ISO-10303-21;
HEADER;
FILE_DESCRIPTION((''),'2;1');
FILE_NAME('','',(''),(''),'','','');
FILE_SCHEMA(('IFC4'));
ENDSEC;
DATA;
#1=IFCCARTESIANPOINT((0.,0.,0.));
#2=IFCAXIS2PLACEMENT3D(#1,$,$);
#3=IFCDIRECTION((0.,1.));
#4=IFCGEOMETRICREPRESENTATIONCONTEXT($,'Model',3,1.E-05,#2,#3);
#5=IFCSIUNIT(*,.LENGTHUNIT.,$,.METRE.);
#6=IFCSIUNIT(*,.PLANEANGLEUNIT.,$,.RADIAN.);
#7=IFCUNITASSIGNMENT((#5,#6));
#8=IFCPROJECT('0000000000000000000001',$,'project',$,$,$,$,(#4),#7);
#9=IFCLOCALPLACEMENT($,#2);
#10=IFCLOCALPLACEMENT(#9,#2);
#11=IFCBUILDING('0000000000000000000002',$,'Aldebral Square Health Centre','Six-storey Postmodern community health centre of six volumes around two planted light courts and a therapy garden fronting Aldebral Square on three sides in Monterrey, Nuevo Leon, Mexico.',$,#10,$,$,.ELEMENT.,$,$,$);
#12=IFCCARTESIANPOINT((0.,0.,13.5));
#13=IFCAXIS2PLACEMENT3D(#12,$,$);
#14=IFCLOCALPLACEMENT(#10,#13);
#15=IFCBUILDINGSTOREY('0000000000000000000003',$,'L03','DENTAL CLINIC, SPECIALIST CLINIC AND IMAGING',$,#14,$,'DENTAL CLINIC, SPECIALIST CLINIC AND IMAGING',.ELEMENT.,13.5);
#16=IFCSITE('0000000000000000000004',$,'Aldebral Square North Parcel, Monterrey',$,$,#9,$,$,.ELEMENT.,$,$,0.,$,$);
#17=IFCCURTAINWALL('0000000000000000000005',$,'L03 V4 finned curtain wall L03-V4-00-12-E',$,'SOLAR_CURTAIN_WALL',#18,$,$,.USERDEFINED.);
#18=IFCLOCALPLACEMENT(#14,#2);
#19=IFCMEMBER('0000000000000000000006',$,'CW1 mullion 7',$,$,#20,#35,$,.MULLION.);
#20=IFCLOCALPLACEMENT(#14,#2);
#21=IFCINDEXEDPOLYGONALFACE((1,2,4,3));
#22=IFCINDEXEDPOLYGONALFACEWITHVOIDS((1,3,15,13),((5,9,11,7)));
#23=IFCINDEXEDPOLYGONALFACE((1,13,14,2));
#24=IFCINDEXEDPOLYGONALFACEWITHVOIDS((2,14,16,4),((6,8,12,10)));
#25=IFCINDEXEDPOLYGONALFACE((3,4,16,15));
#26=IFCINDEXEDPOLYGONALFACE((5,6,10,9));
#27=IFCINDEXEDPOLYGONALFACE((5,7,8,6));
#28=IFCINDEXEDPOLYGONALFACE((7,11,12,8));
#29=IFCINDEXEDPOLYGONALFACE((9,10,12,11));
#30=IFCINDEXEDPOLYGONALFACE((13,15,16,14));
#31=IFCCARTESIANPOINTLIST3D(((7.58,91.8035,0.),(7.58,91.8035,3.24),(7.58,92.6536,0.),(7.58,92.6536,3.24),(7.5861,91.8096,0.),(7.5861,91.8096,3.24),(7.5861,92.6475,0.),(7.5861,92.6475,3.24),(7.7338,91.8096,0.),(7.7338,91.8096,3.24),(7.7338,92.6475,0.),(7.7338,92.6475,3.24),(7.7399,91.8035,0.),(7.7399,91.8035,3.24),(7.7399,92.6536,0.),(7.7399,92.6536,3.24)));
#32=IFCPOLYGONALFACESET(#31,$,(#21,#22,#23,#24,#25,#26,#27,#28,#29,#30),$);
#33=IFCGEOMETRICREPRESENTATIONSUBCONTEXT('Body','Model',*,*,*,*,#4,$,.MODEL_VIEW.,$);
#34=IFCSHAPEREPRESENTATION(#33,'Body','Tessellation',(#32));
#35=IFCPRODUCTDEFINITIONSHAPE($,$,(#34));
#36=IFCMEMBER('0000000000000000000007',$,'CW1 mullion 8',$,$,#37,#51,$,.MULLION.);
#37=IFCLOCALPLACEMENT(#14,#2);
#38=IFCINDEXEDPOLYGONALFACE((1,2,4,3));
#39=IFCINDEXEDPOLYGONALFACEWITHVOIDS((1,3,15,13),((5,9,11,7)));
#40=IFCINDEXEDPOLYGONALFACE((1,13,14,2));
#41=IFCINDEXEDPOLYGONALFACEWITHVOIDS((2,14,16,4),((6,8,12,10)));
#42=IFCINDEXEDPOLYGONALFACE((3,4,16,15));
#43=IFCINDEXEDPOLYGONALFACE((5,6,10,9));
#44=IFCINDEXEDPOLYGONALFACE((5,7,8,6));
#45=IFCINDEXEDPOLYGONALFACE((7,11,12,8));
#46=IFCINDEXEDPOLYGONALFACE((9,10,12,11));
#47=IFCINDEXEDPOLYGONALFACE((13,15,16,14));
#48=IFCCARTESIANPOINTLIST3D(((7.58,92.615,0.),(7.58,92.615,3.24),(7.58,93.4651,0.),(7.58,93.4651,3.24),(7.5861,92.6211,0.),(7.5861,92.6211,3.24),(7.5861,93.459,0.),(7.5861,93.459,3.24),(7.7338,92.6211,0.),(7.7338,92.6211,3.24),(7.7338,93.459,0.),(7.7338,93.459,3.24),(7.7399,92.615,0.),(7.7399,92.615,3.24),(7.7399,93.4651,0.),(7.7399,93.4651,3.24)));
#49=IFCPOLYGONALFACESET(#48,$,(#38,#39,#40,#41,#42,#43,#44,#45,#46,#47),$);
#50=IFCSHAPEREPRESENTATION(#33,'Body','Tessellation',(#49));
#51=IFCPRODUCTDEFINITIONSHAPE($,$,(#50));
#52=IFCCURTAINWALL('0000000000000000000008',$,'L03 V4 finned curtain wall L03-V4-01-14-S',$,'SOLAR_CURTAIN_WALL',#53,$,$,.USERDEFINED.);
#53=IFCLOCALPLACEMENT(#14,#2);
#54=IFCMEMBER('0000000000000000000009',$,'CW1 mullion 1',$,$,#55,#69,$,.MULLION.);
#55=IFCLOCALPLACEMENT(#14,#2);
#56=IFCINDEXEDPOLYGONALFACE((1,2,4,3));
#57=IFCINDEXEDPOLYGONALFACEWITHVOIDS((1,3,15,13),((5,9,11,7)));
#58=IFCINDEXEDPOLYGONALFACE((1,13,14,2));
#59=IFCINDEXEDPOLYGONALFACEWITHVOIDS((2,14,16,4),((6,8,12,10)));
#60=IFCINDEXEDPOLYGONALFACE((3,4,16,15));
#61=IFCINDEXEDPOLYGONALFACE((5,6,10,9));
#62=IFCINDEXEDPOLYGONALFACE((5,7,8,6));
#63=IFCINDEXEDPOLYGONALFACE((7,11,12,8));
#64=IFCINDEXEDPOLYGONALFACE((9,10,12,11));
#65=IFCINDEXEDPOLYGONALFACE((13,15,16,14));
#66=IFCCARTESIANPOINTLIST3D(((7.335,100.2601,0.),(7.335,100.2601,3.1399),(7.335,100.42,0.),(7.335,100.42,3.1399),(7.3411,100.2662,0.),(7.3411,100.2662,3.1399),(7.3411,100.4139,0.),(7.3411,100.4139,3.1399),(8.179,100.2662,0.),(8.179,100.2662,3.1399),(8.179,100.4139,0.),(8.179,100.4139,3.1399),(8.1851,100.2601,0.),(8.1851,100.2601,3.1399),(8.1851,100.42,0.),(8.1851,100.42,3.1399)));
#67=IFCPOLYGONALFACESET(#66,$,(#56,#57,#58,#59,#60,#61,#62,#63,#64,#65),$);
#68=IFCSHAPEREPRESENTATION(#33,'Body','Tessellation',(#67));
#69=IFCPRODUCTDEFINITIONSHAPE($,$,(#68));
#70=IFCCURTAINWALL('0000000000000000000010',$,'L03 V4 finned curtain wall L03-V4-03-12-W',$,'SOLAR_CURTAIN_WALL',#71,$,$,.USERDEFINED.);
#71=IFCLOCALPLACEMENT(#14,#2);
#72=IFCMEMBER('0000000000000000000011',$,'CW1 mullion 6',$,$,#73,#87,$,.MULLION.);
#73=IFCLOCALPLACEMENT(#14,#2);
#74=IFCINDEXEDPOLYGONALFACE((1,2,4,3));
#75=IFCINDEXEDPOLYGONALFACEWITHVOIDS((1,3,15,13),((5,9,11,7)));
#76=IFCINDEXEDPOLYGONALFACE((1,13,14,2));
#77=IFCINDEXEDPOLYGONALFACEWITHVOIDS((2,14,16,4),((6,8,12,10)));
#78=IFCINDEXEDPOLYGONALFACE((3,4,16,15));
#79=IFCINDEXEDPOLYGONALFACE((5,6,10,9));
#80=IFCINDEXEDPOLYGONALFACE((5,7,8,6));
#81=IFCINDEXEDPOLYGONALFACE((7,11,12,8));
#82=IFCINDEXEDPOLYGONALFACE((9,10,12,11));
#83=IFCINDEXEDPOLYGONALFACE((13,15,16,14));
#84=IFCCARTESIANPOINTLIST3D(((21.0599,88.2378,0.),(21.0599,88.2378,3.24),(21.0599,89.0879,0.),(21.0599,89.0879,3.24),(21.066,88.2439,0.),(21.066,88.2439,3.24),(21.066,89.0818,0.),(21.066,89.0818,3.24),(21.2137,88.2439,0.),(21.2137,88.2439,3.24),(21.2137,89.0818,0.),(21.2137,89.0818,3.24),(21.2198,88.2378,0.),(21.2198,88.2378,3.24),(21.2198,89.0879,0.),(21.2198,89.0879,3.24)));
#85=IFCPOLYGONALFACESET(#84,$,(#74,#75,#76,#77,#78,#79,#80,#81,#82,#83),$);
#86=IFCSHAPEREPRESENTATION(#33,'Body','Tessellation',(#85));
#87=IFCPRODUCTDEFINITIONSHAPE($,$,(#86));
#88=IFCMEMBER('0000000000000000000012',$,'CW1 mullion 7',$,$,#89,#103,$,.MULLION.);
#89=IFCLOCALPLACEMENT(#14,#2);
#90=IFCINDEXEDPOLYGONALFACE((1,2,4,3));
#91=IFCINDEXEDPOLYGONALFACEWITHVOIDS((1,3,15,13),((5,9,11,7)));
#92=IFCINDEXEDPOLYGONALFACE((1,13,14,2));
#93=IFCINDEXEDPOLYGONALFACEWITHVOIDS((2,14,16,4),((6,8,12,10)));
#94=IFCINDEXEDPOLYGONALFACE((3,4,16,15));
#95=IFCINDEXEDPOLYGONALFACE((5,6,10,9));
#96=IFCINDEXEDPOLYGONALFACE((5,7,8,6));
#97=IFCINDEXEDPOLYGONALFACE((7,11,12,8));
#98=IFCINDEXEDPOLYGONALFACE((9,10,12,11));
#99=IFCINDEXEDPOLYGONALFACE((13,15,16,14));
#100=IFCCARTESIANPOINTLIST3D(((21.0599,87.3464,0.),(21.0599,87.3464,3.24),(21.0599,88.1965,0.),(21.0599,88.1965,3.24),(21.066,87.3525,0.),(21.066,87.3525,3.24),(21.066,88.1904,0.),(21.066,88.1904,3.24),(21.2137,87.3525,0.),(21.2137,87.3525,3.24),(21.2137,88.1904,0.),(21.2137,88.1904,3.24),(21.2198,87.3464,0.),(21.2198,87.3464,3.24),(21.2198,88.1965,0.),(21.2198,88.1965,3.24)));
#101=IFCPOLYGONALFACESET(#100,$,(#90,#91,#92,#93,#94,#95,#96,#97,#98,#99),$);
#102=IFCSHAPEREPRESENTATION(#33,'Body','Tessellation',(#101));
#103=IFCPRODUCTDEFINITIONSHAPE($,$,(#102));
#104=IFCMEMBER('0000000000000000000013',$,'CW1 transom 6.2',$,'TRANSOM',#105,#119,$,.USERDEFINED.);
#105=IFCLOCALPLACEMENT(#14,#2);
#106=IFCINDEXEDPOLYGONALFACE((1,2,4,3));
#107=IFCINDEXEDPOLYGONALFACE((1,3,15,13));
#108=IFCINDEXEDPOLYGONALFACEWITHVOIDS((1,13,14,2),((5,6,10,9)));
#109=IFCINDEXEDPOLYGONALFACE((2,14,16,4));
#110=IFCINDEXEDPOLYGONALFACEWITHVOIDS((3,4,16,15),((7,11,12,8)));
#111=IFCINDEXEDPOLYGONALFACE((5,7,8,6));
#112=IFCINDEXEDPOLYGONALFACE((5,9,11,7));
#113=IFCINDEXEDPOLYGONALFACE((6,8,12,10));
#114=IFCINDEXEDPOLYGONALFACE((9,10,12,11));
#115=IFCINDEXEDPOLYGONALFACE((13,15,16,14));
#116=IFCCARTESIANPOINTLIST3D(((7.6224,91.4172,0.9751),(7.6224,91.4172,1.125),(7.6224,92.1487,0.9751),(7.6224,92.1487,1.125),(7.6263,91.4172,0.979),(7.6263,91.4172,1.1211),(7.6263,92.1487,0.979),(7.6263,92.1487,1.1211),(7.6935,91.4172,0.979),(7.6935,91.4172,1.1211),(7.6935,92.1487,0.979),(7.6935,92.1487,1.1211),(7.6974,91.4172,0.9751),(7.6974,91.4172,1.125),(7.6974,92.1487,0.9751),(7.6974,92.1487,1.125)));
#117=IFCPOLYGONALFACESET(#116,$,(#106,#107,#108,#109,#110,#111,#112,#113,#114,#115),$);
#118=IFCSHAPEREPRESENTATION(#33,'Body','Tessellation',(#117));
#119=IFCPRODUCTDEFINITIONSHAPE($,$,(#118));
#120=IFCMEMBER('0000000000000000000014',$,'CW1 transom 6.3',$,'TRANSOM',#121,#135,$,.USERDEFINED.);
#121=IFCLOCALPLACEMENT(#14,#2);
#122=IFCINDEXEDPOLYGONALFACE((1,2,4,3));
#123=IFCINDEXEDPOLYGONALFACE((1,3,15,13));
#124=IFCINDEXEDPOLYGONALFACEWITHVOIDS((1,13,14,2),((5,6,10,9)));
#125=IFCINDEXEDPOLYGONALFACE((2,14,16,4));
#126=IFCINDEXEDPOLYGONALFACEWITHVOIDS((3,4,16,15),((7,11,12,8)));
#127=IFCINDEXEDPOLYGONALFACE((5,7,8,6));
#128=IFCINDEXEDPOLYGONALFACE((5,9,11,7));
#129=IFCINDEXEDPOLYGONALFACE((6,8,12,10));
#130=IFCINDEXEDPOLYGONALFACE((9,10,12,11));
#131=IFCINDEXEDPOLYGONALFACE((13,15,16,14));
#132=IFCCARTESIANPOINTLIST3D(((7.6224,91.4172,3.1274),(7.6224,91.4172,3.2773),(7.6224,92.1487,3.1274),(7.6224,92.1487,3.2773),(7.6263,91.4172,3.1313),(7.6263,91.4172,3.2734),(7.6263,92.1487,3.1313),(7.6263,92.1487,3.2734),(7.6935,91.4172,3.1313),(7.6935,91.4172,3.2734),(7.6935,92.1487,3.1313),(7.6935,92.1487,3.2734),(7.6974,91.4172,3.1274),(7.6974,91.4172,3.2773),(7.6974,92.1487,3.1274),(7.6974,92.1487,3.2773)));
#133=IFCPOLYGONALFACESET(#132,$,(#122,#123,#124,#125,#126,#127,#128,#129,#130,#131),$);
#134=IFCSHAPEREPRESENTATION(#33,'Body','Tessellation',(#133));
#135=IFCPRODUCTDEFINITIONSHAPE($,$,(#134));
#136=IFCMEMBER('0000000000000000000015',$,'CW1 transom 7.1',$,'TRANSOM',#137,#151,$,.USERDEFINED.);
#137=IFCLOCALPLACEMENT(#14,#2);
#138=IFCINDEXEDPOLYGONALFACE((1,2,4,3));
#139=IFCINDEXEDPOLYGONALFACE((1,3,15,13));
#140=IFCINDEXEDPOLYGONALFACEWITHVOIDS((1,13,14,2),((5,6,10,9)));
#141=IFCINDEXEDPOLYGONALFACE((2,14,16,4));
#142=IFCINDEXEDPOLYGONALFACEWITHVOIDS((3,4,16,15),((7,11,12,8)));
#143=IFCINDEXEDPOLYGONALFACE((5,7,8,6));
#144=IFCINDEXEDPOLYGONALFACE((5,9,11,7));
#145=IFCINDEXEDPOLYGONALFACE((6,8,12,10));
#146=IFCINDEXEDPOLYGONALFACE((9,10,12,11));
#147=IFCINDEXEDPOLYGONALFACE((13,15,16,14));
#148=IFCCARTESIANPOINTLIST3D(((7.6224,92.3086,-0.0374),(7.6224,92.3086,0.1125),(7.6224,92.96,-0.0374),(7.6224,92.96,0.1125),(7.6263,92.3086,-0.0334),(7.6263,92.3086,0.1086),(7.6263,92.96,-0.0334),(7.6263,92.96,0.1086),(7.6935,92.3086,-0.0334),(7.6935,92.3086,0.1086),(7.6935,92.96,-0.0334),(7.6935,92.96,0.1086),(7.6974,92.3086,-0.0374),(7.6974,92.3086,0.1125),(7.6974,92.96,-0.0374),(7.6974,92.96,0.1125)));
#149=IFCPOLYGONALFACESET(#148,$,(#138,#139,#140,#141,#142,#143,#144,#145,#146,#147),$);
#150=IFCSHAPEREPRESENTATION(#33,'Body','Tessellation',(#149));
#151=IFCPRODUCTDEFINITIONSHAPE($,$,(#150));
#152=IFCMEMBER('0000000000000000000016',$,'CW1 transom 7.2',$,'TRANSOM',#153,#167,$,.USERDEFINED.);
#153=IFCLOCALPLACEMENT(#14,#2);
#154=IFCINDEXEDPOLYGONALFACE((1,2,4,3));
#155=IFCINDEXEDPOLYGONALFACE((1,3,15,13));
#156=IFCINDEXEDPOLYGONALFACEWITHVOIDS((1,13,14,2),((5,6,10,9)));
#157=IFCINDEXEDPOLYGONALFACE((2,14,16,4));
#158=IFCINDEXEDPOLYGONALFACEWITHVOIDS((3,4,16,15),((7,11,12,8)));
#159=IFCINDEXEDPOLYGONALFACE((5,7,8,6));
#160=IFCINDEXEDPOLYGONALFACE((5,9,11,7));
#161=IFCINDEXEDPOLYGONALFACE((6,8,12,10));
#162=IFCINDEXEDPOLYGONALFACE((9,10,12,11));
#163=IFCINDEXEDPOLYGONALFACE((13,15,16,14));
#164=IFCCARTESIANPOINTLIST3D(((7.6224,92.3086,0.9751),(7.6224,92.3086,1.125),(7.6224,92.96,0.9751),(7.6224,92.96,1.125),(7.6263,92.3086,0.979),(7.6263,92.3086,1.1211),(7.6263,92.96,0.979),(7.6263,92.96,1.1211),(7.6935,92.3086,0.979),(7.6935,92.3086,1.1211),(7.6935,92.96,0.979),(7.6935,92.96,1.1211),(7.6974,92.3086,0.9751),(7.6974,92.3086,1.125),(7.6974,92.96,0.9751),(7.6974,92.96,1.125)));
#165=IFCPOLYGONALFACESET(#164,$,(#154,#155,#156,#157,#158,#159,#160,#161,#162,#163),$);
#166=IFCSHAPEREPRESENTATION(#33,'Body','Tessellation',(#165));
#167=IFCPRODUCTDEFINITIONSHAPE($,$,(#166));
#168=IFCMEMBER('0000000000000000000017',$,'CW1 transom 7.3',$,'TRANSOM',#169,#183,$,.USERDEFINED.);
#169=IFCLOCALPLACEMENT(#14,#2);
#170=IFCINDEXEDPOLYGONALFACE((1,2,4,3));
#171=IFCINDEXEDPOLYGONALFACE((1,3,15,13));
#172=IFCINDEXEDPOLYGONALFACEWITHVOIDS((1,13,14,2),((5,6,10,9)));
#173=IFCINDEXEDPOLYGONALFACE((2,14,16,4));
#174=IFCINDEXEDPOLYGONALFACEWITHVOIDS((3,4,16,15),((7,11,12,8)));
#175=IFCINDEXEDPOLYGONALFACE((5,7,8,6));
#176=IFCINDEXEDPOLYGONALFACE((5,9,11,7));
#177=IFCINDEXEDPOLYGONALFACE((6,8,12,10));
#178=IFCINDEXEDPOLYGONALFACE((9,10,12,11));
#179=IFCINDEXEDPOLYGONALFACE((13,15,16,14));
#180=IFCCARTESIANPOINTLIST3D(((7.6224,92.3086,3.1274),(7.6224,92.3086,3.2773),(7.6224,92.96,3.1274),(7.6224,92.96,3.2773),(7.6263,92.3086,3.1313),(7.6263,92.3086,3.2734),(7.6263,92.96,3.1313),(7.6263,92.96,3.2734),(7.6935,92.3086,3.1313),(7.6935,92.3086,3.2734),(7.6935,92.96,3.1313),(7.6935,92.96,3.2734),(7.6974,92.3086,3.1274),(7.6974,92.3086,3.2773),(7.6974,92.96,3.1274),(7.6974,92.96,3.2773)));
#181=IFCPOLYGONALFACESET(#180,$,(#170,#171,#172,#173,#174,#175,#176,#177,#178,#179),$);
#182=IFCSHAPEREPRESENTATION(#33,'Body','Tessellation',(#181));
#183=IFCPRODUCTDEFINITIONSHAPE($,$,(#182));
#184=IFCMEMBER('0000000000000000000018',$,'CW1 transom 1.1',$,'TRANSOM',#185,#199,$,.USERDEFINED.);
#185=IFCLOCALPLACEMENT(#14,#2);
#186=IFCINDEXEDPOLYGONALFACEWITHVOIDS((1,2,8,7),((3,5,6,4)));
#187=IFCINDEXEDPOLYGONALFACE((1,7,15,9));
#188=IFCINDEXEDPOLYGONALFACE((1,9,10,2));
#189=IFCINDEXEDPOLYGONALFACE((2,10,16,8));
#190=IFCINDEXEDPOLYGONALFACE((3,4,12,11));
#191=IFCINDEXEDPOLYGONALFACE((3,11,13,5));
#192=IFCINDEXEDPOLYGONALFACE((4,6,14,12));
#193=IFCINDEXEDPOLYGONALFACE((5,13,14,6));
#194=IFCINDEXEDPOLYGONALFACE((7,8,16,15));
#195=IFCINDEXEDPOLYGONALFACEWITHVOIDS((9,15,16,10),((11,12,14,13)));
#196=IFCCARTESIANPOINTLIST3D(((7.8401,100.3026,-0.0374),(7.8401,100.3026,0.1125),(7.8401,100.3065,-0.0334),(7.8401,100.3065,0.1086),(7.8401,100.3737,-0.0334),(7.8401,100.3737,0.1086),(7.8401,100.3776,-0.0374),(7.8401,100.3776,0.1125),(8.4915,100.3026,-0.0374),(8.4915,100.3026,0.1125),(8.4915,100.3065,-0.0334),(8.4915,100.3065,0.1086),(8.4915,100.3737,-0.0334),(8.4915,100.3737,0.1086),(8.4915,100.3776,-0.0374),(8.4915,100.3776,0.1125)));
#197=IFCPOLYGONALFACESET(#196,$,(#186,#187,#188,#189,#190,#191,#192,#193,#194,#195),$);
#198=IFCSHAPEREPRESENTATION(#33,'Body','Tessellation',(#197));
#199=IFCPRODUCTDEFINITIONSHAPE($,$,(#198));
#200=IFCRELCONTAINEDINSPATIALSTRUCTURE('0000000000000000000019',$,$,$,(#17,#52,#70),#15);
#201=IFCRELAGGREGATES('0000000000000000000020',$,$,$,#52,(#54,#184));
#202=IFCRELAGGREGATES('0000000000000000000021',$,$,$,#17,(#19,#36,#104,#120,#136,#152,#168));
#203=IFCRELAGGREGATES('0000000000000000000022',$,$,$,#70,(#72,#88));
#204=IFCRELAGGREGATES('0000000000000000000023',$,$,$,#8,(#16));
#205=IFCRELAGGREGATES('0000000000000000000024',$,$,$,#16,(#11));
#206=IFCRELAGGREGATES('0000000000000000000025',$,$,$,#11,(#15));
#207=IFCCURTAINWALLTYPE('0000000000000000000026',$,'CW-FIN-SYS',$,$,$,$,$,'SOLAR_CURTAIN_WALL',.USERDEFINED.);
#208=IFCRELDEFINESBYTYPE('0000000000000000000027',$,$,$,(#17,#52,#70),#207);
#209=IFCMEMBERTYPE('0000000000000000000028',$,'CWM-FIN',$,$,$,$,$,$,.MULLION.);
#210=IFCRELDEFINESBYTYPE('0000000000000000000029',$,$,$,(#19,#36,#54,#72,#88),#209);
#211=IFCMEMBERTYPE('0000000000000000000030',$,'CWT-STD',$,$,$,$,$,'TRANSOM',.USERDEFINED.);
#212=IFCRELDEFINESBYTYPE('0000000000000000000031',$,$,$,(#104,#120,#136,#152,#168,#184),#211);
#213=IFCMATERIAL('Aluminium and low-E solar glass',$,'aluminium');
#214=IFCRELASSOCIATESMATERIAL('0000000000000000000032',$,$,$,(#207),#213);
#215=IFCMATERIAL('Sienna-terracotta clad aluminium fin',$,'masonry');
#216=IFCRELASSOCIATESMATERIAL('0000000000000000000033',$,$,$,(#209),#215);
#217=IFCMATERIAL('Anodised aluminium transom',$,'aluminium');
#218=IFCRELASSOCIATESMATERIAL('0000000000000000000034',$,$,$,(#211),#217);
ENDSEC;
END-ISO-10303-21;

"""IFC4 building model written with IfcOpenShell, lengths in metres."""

from ifc_helpers import new_model, si_unit, direction, frame, origin, origin_2d, place, context, subcontext, project, spatial, hollow_rectangle, extrude, material, material_profile, profile_set, type_object, element, aggregate, save


model = new_model("IFC4")

# Units and contexts
model_context = context("Model", 3, precision=1e-05, world=origin(), true_north=direction((0.0, 1.0)))
body_context = subcontext(model_context, "Body", "Model", "MODEL_VIEW")
ifc_project = project(units=[si_unit("LENGTHUNIT", "METRE"), si_unit("PLANEANGLEUNIT", "RADIAN")], contexts=[model_context])

# Site, building, storey
site_placement = place(None, origin())
site = spatial("IfcSite", under=ifc_project, at=site_placement, Name="Aldebral Square North Parcel, Monterrey", CompositionType="ELEMENT", RefElevation=0.0)
building_placement = place(site_placement, origin())
building = spatial("IfcBuilding", under=site, at=building_placement, Name="Aldebral Square Health Centre", Description="Six-storey Postmodern community health centre of six volumes around two planted light courts and a therapy garden fronting Aldebral Square on three sides in Monterrey, Nuevo Leon, Mexico.", CompositionType="ELEMENT")
storey_placement = place(building_placement, frame((0.0, 0.0, 13.5)))
storey = spatial("IfcBuildingStorey", under=building, at=storey_placement, Name="L03", Description="DENTAL CLINIC, SPECIALIST CLINIC AND IMAGING", LongName="DENTAL CLINIC, SPECIALIST CLINIC AND IMAGING", CompositionType="ELEMENT", Elevation=13.5)

# Curtain wall, members
ifc_material_1 = material(Name="Aluminium and low-E solar glass", Category="aluminium")
curtain_wall_type = type_object("IfcCurtainWallType", Name="CW-FIN-SYS", ElementType="SOLAR_CURTAIN_WALL", PredefinedType="USERDEFINED", material=ifc_material_1)
curtain_wall_1_placement = place(storey_placement, origin())
curtain_wall_1 = element("IfcCurtainWall", 1, at=curtain_wall_1_placement, inside=storey, type_object=curtain_wall_type, Name="L03 V4 finned curtain wall L03-V4-00-12-E", ObjectType="SOLAR_CURTAIN_WALL", PredefinedType="USERDEFINED")
ifc_material_2 = material(Name="Sienna-terracotta clad aluminium fin", Category="masonry")
ifc_material_profile_1 = material_profile(ifc_material_2, hollow_rectangle(XDim=0.1599, YDim=0.8501, WallThickness=0.0061, at=origin_2d()), Name="FIN 160x850x6")
ifc_profile_set_1 = profile_set([ifc_material_profile_1], Name="Sienna-terracotta clad aluminium fin")
member_type_1 = type_object("IfcMemberType", Name="CWM-FIN", PredefinedType="MULLION", material=ifc_profile_set_1)
member_1_placement = place(storey_placement, frame((7.6599, 92.2285, 0.0), z_axis=(0.0, 0.0, 1.0), x_axis=(-1.0, 0.0, 0.0)))
member_1 = element("IfcMember", 2, at=member_1_placement, type_object=member_type_1, Name="CW1 mullion 7", PredefinedType="MULLION", context=body_context, shape_type="SweptSolid", body=[
    extrude(hollow_rectangle(XDim=0.1599, YDim=0.8501, WallThickness=0.0061, at=origin_2d()), origin(), (0.0, 0.0, 1.0), 3.24),
])
member_2_placement = place(storey_placement, frame((7.6599, 93.04, 0.0), z_axis=(0.0, 0.0, 1.0), x_axis=(-1.0, 0.0, 0.0)))
member_2 = element("IfcMember", 3, at=member_2_placement, type_object=member_type_1, Name="CW1 mullion 8", PredefinedType="MULLION", context=body_context, shape_type="SweptSolid", body=[
    extrude(hollow_rectangle(XDim=0.1599, YDim=0.8501, WallThickness=0.0061, at=origin_2d()), origin(), (0.0, 0.0, 1.0), 3.24),
])

# Curtain wall, member
curtain_wall_2_placement = place(storey_placement, origin())
curtain_wall_2 = element("IfcCurtainWall", 4, at=curtain_wall_2_placement, inside=storey, type_object=curtain_wall_type, Name="L03 V4 finned curtain wall L03-V4-01-14-S", ObjectType="SOLAR_CURTAIN_WALL", PredefinedType="USERDEFINED")
member_3_placement = place(storey_placement, frame((7.76, 100.3401, 0.0), z_axis=(0.0, 0.0, 1.0), x_axis=(0.0, 1.0, 0.0)))
member_3 = element("IfcMember", 5, at=member_3_placement, type_object=member_type_1, Name="CW1 mullion 1", PredefinedType="MULLION", context=body_context, shape_type="SweptSolid", body=[
    extrude(hollow_rectangle(XDim=0.1599, YDim=0.8501, WallThickness=0.0061, at=origin_2d()), origin(), (0.0, 0.0, 1.0), 3.1399),
])

# Curtain wall, members
curtain_wall_3_placement = place(storey_placement, origin())
curtain_wall_3 = element("IfcCurtainWall", 6, at=curtain_wall_3_placement, inside=storey, type_object=curtain_wall_type, Name="L03 V4 finned curtain wall L03-V4-03-12-W", ObjectType="SOLAR_CURTAIN_WALL", PredefinedType="USERDEFINED")
member_4_placement = place(storey_placement, frame((21.1399, 88.6628, 0.0), z_axis=(0.0, 0.0, 1.0), x_axis=(1.0, 0.0, 0.0)))
member_4 = element("IfcMember", 7, at=member_4_placement, type_object=member_type_1, Name="CW1 mullion 6", PredefinedType="MULLION", context=body_context, shape_type="SweptSolid", body=[
    extrude(hollow_rectangle(XDim=0.1599, YDim=0.8501, WallThickness=0.0061, at=origin_2d()), origin(), (0.0, 0.0, 1.0), 3.24),
])
member_5_placement = place(storey_placement, frame((21.1399, 87.7715, 0.0), z_axis=(0.0, 0.0, 1.0), x_axis=(1.0, 0.0, 0.0)))
member_5 = element("IfcMember", 8, at=member_5_placement, type_object=member_type_1, Name="CW1 mullion 7", PredefinedType="MULLION", context=body_context, shape_type="SweptSolid", body=[
    extrude(hollow_rectangle(XDim=0.1599, YDim=0.8501, WallThickness=0.0061, at=origin_2d()), origin(), (0.0, 0.0, 1.0), 3.24),
])

# Members
ifc_material_3 = material(Name="Anodised aluminium transom", Category="aluminium")
ifc_material_profile_2 = material_profile(ifc_material_3, hollow_rectangle(XDim=0.075, YDim=0.1499, WallThickness=0.0039, at=origin_2d()), Name="CWT 75x150x4")
ifc_profile_set_2 = profile_set([ifc_material_profile_2], Name="Anodised aluminium transom")
member_type_2 = type_object("IfcMemberType", Name="CWT-STD", ElementType="TRANSOM", PredefinedType="USERDEFINED", material=ifc_profile_set_2)
member_6_placement = place(storey_placement, frame((7.6599, 91.4172, 1.05), z_axis=(0.0, 1.0, 0.0), x_axis=(-1.0, 0.0, 0.0)))
member_6 = element("IfcMember", 9, at=member_6_placement, type_object=member_type_2, Name="CW1 transom 6.2", ObjectType="TRANSOM", PredefinedType="USERDEFINED", context=body_context, shape_type="SweptSolid", body=[
    extrude(hollow_rectangle(XDim=0.075, YDim=0.1499, WallThickness=0.0039, at=origin_2d()), origin(), (0.0, 0.0, 1.0), 0.7314),
])
member_7_placement = place(storey_placement, frame((7.6599, 91.4172, 3.2024), z_axis=(0.0, 1.0, 0.0), x_axis=(-1.0, 0.0, 0.0)))
member_7 = element("IfcMember", 10, at=member_7_placement, type_object=member_type_2, Name="CW1 transom 6.3", ObjectType="TRANSOM", PredefinedType="USERDEFINED", context=body_context, shape_type="SweptSolid", body=[
    extrude(hollow_rectangle(XDim=0.075, YDim=0.1499, WallThickness=0.0039, at=origin_2d()), origin(), (0.0, 0.0, 1.0), 0.7314),
])
member_8_placement = place(storey_placement, frame((7.6599, 92.3086, 0.0376), z_axis=(0.0, 1.0, 0.0), x_axis=(-1.0, 0.0, 0.0)))
member_8 = element("IfcMember", 11, at=member_8_placement, type_object=member_type_2, Name="CW1 transom 7.1", ObjectType="TRANSOM", PredefinedType="USERDEFINED", context=body_context, shape_type="SweptSolid", body=[
    extrude(hollow_rectangle(XDim=0.075, YDim=0.1499, WallThickness=0.0039, at=origin_2d()), origin(), (0.0, 0.0, 1.0), 0.6514),
])
member_9_placement = place(storey_placement, frame((7.6599, 92.3086, 1.05), z_axis=(0.0, 1.0, 0.0), x_axis=(-1.0, 0.0, 0.0)))
member_9 = element("IfcMember", 12, at=member_9_placement, type_object=member_type_2, Name="CW1 transom 7.2", ObjectType="TRANSOM", PredefinedType="USERDEFINED", context=body_context, shape_type="SweptSolid", body=[
    extrude(hollow_rectangle(XDim=0.075, YDim=0.1499, WallThickness=0.0039, at=origin_2d()), origin(), (0.0, 0.0, 1.0), 0.6514),
])
member_10_placement = place(storey_placement, frame((7.6599, 92.3086, 3.2024), z_axis=(0.0, 1.0, 0.0), x_axis=(-1.0, 0.0, 0.0)))
member_10 = element("IfcMember", 13, at=member_10_placement, type_object=member_type_2, Name="CW1 transom 7.3", ObjectType="TRANSOM", PredefinedType="USERDEFINED", context=body_context, shape_type="SweptSolid", body=[
    extrude(hollow_rectangle(XDim=0.075, YDim=0.1499, WallThickness=0.0039, at=origin_2d()), origin(), (0.0, 0.0, 1.0), 0.6514),
])
member_11_placement = place(storey_placement, frame((7.8401, 100.3401, 0.0376), z_axis=(1.0, 0.0, 0.0), x_axis=(0.0, 1.0, 0.0)))
member_11 = element("IfcMember", 14, at=member_11_placement, type_object=member_type_2, Name="CW1 transom 1.1", ObjectType="TRANSOM", PredefinedType="USERDEFINED", context=body_context, shape_type="SweptSolid", body=[
    extrude(hollow_rectangle(XDim=0.075, YDim=0.1499, WallThickness=0.0039, at=origin_2d()), origin(), (0.0, 0.0, 1.0), 0.6514),
])
aggregate(curtain_wall_2, [member_3, member_11])

aggregate(curtain_wall_1, [member_1, member_2, member_6, member_7, member_8, member_9, member_10])
aggregate(curtain_wall_3, [member_4, member_5])

save(model, "model.ifc")
